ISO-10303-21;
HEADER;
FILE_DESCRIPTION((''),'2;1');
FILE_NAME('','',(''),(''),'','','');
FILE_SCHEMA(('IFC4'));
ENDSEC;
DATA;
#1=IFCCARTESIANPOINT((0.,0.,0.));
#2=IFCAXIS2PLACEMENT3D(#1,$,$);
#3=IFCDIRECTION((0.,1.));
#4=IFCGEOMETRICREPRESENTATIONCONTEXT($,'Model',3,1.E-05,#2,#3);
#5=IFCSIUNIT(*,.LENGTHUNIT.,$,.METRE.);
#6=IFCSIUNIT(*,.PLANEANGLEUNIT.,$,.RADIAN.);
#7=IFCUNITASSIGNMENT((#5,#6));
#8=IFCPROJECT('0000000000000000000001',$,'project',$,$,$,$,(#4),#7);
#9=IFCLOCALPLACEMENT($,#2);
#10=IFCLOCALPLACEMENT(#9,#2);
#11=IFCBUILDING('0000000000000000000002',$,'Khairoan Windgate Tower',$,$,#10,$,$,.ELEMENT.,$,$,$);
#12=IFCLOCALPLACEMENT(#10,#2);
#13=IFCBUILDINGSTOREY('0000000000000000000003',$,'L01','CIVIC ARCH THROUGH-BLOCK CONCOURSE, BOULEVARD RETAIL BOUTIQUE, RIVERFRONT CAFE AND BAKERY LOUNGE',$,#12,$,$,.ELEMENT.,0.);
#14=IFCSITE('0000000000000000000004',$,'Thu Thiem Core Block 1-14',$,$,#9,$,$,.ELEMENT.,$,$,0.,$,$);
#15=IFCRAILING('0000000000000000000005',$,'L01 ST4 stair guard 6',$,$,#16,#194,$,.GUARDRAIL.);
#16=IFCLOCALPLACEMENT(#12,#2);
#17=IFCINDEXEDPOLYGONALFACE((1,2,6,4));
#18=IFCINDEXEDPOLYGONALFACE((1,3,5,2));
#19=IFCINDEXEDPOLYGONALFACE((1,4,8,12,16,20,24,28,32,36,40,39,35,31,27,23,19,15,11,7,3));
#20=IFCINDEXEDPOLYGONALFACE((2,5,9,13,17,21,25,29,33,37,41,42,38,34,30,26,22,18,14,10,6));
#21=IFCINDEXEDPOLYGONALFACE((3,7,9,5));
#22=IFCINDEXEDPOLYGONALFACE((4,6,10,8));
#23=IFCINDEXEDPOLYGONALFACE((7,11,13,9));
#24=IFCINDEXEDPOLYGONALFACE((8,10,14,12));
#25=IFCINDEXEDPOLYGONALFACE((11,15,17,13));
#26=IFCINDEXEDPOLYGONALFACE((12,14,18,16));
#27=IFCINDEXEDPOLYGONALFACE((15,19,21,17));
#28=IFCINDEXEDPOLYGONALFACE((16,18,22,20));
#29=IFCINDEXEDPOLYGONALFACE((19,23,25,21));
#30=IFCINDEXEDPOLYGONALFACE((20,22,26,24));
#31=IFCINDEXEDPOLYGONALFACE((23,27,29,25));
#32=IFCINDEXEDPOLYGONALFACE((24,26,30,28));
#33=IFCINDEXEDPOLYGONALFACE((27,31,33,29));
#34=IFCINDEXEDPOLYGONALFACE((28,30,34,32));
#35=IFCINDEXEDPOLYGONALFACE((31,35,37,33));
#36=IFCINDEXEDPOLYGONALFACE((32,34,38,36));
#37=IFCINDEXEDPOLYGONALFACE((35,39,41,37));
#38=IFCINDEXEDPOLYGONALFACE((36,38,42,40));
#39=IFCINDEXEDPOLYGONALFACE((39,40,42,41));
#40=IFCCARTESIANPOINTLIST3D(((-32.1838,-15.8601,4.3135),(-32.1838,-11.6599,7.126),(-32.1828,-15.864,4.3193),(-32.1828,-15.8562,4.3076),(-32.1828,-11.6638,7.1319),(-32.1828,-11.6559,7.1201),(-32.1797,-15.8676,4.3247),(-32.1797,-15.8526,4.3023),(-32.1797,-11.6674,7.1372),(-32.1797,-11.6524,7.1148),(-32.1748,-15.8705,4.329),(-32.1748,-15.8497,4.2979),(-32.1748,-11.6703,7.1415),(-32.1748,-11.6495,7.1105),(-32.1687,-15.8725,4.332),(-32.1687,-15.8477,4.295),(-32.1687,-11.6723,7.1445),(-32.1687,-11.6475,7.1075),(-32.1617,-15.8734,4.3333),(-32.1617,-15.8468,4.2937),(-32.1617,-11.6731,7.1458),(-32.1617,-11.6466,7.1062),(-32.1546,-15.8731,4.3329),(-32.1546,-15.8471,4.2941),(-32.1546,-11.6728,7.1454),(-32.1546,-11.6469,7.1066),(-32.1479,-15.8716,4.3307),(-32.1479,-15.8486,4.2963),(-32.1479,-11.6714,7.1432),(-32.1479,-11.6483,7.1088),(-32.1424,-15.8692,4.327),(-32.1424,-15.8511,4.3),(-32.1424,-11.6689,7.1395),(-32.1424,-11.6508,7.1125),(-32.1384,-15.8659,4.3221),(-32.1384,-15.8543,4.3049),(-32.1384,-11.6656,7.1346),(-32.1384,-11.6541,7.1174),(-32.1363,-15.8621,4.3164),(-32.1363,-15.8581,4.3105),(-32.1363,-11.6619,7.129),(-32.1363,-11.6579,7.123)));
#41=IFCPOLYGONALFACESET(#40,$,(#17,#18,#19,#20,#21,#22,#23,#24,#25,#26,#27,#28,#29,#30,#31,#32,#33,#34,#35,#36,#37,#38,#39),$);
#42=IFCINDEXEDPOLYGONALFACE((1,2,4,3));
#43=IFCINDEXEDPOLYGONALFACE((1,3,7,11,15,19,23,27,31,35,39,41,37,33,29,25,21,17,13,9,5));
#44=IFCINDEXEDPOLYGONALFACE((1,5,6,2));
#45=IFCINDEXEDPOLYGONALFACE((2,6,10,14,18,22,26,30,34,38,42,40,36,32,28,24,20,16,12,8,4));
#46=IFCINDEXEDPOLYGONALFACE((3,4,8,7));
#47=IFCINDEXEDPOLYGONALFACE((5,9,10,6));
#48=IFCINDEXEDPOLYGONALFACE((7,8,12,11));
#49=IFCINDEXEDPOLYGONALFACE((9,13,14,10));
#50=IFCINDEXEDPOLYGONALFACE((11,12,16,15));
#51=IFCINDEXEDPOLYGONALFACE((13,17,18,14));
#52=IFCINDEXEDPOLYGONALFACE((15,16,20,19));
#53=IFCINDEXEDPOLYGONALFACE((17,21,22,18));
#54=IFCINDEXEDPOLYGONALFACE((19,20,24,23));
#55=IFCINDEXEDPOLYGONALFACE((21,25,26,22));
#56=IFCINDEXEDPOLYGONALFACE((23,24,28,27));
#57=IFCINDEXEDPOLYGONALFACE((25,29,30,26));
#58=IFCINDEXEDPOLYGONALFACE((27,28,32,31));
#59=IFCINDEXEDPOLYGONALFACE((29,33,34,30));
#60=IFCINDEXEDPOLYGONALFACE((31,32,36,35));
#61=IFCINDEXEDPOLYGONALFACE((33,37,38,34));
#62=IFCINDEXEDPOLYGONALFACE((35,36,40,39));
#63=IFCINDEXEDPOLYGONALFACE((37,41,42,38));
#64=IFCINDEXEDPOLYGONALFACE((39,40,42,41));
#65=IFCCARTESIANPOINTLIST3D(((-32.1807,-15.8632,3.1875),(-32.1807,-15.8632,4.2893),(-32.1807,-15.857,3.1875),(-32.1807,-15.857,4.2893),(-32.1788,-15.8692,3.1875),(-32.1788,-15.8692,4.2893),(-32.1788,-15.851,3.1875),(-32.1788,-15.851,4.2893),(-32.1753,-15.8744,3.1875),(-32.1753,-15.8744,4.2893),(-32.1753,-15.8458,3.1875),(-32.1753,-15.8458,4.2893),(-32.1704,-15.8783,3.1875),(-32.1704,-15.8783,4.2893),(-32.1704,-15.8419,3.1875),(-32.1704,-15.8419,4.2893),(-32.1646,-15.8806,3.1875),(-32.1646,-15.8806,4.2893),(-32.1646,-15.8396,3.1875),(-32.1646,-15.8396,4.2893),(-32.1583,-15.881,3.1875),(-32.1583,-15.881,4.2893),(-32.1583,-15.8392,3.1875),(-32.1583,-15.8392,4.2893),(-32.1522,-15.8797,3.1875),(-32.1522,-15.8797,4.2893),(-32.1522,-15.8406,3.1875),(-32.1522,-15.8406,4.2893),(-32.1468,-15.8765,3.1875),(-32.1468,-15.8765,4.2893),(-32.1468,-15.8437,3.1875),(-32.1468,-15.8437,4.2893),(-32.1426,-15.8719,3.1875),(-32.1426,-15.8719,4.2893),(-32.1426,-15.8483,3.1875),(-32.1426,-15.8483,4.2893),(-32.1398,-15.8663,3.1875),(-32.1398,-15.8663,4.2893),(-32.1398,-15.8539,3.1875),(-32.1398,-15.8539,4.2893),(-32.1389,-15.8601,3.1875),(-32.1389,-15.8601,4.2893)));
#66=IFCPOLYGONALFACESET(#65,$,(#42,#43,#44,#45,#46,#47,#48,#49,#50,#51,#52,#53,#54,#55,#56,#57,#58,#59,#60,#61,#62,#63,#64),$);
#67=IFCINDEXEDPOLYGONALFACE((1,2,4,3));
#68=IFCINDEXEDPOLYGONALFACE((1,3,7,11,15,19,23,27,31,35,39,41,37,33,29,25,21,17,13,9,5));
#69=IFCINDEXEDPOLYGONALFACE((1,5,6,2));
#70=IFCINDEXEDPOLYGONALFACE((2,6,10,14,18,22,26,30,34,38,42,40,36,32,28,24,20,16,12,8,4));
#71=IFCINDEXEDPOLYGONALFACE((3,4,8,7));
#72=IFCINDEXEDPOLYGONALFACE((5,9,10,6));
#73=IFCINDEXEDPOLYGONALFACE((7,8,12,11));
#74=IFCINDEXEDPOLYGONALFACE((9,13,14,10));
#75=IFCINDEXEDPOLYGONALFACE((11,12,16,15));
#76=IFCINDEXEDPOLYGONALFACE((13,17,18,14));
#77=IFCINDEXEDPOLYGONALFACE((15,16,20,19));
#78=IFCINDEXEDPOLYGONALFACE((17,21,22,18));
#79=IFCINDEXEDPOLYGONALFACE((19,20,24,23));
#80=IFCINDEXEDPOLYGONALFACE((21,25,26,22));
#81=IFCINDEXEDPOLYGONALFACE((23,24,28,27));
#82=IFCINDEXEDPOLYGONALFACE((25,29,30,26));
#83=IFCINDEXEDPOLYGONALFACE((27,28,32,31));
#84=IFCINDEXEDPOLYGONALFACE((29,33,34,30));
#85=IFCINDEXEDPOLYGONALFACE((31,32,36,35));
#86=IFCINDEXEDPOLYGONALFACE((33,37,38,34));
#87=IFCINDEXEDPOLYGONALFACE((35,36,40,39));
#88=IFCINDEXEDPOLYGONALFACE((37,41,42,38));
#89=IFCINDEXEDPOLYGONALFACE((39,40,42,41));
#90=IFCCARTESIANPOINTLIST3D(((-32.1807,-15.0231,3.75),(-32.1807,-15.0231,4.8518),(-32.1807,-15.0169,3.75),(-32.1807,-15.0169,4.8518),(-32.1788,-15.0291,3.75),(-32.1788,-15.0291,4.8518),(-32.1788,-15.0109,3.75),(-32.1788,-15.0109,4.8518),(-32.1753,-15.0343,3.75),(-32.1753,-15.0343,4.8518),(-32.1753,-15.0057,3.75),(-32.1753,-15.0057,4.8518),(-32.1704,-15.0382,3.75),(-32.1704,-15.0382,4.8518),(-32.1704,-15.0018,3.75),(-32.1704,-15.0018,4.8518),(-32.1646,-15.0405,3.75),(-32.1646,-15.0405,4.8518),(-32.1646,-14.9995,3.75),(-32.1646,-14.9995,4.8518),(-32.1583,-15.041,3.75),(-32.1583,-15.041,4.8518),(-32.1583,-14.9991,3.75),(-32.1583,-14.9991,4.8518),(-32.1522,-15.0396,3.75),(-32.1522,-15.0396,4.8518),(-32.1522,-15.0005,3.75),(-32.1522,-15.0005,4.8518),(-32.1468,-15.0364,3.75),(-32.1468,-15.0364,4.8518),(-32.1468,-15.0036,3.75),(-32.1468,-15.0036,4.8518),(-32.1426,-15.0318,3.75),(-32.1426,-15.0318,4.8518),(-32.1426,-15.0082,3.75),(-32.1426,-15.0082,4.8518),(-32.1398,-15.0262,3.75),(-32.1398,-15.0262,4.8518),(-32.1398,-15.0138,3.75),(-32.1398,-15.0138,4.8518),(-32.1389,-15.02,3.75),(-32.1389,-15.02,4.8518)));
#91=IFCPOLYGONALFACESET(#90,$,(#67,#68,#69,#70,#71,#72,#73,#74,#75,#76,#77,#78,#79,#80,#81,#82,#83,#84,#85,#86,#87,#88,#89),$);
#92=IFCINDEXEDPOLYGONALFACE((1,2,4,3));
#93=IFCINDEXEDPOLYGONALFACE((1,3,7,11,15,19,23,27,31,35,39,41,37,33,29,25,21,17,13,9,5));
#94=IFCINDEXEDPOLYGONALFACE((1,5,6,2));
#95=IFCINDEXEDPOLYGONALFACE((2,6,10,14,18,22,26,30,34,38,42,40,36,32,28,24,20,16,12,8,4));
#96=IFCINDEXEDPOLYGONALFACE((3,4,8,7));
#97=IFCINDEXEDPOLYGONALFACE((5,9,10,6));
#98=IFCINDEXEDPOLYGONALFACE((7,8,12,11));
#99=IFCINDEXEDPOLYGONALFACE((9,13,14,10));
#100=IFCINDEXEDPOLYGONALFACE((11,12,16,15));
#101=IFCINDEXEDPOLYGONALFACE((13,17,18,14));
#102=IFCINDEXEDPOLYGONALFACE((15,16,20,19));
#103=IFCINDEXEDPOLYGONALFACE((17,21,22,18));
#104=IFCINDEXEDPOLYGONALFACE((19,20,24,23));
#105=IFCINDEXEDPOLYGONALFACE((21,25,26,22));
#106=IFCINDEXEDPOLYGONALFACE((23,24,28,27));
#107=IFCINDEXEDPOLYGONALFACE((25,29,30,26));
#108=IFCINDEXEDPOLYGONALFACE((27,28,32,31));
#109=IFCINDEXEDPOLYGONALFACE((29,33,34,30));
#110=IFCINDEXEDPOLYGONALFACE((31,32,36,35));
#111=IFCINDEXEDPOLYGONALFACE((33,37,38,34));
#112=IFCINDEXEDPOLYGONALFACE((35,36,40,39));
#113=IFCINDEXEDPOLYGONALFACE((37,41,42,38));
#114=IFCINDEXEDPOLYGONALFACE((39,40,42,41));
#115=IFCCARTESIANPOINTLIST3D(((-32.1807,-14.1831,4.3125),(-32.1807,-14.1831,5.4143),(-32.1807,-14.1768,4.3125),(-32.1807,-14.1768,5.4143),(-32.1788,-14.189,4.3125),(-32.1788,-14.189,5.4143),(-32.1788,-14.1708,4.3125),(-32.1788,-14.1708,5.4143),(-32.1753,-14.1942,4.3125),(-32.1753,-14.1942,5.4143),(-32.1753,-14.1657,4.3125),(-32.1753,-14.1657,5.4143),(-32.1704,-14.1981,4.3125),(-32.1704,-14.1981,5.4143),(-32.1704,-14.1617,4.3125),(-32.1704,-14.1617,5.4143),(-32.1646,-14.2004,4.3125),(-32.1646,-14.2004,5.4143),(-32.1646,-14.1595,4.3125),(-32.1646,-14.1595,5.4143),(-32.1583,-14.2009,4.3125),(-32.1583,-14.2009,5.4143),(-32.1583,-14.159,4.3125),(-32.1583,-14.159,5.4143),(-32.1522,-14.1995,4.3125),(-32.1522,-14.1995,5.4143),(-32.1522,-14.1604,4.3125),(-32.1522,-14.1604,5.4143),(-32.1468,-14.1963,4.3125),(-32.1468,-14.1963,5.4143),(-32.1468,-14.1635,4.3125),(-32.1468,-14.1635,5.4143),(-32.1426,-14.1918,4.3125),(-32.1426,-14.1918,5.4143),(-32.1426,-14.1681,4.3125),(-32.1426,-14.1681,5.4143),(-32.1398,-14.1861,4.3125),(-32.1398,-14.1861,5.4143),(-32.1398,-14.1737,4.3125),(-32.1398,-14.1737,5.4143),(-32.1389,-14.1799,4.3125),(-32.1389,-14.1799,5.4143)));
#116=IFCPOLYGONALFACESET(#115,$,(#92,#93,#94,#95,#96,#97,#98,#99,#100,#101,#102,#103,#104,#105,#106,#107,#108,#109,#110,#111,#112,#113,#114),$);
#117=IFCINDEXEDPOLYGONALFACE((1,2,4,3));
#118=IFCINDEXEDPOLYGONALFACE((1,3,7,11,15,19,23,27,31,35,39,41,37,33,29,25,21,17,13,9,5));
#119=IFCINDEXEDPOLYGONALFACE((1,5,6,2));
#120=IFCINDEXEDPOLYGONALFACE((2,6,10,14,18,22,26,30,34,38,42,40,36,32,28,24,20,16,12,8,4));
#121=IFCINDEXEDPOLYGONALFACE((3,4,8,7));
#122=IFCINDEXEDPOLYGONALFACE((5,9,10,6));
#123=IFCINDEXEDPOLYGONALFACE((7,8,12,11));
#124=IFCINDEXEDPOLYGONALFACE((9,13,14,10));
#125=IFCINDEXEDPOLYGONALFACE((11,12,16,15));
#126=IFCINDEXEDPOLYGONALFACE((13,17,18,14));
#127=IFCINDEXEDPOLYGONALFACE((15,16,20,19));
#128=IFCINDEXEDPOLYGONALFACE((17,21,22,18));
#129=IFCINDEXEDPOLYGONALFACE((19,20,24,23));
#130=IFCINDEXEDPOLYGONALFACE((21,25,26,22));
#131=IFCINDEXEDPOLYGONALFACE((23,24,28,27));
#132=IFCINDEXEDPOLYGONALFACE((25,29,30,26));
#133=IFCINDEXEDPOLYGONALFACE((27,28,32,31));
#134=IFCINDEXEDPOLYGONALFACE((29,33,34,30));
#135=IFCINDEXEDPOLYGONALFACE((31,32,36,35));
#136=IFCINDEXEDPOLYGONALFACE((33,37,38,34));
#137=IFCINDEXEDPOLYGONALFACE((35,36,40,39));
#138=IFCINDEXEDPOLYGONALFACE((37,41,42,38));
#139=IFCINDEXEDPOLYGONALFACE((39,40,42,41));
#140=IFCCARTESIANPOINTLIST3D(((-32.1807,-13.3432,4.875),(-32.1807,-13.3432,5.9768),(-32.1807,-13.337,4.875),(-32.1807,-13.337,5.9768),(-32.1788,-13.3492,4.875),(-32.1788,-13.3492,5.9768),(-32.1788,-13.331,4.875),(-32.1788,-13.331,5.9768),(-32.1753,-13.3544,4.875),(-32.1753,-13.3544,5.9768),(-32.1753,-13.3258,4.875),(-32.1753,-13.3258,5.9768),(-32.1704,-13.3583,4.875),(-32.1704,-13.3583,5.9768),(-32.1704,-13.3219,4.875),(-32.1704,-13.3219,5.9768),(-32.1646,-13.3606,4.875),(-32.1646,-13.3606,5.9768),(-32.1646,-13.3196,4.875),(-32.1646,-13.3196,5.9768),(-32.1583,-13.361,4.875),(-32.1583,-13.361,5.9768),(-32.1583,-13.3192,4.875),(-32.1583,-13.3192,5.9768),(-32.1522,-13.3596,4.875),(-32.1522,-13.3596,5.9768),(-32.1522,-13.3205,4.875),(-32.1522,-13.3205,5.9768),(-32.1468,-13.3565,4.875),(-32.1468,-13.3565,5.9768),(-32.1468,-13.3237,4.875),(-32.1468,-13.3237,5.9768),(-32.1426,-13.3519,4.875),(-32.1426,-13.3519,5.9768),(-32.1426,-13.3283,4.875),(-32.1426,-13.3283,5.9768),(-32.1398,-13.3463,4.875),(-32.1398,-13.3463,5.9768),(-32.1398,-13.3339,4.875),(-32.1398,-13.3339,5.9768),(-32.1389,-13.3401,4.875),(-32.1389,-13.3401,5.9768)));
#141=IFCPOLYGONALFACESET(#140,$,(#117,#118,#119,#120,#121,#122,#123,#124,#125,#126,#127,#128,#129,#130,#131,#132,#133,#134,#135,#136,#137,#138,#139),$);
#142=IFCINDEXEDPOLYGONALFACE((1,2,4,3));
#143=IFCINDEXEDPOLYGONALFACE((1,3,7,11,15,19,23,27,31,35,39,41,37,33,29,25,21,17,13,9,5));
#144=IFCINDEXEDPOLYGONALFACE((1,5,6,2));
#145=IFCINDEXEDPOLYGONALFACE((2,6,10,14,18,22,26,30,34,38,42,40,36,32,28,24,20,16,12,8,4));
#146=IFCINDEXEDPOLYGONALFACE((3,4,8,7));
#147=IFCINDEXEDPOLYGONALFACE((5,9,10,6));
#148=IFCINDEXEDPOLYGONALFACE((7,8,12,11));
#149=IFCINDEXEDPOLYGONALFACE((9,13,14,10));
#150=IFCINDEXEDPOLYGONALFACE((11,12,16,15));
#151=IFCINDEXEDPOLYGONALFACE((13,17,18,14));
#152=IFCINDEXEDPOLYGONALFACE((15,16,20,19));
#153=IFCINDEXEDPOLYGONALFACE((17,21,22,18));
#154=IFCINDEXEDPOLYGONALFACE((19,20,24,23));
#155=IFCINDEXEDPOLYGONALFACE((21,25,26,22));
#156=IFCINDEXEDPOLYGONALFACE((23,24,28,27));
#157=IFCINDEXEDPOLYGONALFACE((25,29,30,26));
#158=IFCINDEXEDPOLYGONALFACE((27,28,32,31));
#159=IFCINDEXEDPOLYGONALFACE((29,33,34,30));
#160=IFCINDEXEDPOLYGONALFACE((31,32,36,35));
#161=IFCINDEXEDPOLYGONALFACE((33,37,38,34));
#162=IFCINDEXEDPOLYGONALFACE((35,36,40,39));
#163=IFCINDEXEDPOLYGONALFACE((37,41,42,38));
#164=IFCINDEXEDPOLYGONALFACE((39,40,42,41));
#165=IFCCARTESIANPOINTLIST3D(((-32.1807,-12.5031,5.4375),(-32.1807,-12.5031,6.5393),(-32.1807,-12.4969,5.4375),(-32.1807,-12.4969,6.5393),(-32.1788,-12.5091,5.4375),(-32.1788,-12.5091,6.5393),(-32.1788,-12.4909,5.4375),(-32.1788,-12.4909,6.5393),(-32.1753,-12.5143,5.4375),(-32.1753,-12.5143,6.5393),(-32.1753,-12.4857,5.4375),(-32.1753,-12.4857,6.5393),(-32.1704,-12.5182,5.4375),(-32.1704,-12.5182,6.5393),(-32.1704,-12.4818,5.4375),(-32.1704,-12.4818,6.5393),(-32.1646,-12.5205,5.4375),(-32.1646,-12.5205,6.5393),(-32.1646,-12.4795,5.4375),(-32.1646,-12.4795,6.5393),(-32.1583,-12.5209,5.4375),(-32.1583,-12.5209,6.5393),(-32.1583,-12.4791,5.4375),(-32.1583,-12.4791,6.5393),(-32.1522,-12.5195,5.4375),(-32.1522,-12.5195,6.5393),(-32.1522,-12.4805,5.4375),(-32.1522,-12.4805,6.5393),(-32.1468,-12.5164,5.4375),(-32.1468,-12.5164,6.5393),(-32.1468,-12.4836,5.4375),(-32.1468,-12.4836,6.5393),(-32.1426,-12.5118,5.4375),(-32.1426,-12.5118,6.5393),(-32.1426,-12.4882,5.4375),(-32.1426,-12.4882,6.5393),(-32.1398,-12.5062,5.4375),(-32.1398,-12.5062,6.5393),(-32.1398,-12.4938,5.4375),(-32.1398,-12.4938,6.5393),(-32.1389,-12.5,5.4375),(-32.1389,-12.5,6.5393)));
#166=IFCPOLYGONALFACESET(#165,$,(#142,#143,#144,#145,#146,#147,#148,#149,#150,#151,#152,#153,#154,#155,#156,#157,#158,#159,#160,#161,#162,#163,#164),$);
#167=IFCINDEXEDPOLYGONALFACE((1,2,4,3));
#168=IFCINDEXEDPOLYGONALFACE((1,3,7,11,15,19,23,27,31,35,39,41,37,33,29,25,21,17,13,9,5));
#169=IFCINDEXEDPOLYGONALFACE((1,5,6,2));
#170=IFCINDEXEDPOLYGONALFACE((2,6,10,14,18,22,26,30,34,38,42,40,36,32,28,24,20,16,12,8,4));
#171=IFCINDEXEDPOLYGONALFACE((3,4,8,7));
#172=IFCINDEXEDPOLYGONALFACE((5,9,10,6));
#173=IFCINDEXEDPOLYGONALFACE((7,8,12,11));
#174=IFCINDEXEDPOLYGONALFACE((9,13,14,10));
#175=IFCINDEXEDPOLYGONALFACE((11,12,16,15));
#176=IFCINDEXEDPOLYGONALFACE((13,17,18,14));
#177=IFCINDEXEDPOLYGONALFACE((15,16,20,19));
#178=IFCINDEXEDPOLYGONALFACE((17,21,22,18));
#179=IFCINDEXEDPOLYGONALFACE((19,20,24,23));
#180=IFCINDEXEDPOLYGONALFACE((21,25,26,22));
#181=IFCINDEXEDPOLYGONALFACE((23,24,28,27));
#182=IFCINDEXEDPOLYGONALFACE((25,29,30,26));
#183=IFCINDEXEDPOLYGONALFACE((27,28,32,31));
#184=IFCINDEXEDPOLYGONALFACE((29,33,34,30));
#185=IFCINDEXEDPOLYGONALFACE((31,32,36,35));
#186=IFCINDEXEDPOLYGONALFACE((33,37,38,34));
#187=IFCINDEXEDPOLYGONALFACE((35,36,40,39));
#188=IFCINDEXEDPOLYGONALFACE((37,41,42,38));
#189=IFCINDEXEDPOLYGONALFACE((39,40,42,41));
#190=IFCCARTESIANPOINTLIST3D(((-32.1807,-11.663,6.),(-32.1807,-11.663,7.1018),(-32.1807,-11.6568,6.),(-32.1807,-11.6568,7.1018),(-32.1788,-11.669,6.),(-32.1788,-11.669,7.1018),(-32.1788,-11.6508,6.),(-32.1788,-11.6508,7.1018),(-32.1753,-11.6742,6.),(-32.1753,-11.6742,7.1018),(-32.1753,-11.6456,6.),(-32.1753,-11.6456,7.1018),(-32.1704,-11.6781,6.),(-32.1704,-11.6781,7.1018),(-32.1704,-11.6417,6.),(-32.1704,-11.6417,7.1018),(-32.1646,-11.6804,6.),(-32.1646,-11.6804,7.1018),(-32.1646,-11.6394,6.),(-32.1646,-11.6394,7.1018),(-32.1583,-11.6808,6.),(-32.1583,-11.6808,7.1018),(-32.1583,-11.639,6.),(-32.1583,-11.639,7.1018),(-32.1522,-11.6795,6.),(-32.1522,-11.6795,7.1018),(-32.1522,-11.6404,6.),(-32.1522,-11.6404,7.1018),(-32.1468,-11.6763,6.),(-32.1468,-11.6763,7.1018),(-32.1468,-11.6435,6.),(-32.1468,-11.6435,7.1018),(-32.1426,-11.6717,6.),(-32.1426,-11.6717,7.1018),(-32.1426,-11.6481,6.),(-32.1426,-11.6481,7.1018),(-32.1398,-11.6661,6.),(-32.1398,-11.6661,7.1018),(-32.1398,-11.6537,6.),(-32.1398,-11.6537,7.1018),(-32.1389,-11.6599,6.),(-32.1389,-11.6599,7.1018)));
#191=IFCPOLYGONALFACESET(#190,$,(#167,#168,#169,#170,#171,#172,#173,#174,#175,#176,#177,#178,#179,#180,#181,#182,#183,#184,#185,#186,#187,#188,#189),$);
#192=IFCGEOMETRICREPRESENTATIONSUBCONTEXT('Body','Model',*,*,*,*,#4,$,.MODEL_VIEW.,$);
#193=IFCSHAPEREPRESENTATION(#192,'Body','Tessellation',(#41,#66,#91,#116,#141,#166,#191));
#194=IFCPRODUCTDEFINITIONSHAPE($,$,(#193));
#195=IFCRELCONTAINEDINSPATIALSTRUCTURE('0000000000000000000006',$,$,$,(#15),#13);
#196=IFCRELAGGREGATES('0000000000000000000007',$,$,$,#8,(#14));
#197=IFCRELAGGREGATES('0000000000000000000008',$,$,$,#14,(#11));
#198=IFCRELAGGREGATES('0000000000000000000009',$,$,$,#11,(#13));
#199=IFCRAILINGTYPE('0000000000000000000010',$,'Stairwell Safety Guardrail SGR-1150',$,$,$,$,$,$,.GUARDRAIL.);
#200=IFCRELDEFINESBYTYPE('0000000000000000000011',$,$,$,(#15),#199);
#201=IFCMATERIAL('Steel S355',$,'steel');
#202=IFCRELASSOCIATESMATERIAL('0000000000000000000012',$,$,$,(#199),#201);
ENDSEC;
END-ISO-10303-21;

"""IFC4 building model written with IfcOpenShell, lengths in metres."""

from ifc_helpers import new_model, si_unit, direction, frame, origin, origin_2d, place, context, subcontext, project, spatial, circle, extrude, material, type_object, element, save


model = new_model("IFC4")

# Units and contexts
model_context = context("Model", 3, precision=1e-05, world=origin(), true_north=direction((0.0, 1.0)))
body_context = subcontext(model_context, "Body", "Model", "MODEL_VIEW")
ifc_project = project(units=[si_unit("LENGTHUNIT", "METRE"), si_unit("PLANEANGLEUNIT", "RADIAN")], contexts=[model_context])

# Site, building, storey
site_placement = place(None, origin())
site = spatial("IfcSite", under=ifc_project, at=site_placement, Name="Thu Thiem Core Block 1-14", CompositionType="ELEMENT", RefElevation=0.0)
building_placement = place(site_placement, origin())
building = spatial("IfcBuilding", under=site, at=building_placement, Name="Khairoan Windgate Tower", CompositionType="ELEMENT")
storey_placement = place(building_placement, origin())
storey = spatial("IfcBuildingStorey", under=building, at=storey_placement, Name="L01", Description="CIVIC ARCH THROUGH-BLOCK CONCOURSE, BOULEVARD RETAIL BOUTIQUE, RIVERFRONT CAFE AND BAKERY LOUNGE", CompositionType="ELEMENT", Elevation=0.0)

# Railing
ifc_material_1 = material(Name="Steel S355", Category="steel")
railing_type = type_object("IfcRailingType", Name="Stairwell Safety Guardrail SGR-1150", PredefinedType="GUARDRAIL", material=ifc_material_1)
railing_1_placement = place(storey_placement, frame((-32.1599, -15.8601, 3.1875)))
element("IfcRailing", 1, at=railing_1_placement, inside=storey, type_object=railing_type, Name="L01 ST4 stair guard 6", PredefinedType="GUARDRAIL", context=body_context, shape_type="SweptSolid", body=[
    extrude(circle(Radius=0.0239, at=origin_2d()), frame((0.0, 0.0, 1.126), z_axis=(0.0, 0.830919, 0.556393), x_axis=(-1.0, 0.0, 0.0)), (0.0, 0.0, 1.0), 5.0549),
    extrude(circle(Radius=0.021, at=origin_2d()), origin(), (0.0, 0.0, 1.0), 1.1018),
    extrude(circle(Radius=0.021, at=origin_2d()), frame((0.0, 0.8401, 0.5625)), (0.0, 0.0, 1.0), 1.1018),
    extrude(circle(Radius=0.021, at=origin_2d()), frame((0.0, 1.6802, 1.125)), (0.0, 0.0, 1.0), 1.1018),
    extrude(circle(Radius=0.021, at=origin_2d()), frame((0.0, 2.52, 1.6875)), (0.0, 0.0, 1.0), 1.1018),
    extrude(circle(Radius=0.021, at=origin_2d()), frame((0.0, 3.3601, 2.25)), (0.0, 0.0, 1.0), 1.1018),
    extrude(circle(Radius=0.021, at=origin_2d()), frame((0.0, 4.2002, 2.8125)), (0.0, 0.0, 1.0), 1.1018),
])

save(model, "model.ifc")
